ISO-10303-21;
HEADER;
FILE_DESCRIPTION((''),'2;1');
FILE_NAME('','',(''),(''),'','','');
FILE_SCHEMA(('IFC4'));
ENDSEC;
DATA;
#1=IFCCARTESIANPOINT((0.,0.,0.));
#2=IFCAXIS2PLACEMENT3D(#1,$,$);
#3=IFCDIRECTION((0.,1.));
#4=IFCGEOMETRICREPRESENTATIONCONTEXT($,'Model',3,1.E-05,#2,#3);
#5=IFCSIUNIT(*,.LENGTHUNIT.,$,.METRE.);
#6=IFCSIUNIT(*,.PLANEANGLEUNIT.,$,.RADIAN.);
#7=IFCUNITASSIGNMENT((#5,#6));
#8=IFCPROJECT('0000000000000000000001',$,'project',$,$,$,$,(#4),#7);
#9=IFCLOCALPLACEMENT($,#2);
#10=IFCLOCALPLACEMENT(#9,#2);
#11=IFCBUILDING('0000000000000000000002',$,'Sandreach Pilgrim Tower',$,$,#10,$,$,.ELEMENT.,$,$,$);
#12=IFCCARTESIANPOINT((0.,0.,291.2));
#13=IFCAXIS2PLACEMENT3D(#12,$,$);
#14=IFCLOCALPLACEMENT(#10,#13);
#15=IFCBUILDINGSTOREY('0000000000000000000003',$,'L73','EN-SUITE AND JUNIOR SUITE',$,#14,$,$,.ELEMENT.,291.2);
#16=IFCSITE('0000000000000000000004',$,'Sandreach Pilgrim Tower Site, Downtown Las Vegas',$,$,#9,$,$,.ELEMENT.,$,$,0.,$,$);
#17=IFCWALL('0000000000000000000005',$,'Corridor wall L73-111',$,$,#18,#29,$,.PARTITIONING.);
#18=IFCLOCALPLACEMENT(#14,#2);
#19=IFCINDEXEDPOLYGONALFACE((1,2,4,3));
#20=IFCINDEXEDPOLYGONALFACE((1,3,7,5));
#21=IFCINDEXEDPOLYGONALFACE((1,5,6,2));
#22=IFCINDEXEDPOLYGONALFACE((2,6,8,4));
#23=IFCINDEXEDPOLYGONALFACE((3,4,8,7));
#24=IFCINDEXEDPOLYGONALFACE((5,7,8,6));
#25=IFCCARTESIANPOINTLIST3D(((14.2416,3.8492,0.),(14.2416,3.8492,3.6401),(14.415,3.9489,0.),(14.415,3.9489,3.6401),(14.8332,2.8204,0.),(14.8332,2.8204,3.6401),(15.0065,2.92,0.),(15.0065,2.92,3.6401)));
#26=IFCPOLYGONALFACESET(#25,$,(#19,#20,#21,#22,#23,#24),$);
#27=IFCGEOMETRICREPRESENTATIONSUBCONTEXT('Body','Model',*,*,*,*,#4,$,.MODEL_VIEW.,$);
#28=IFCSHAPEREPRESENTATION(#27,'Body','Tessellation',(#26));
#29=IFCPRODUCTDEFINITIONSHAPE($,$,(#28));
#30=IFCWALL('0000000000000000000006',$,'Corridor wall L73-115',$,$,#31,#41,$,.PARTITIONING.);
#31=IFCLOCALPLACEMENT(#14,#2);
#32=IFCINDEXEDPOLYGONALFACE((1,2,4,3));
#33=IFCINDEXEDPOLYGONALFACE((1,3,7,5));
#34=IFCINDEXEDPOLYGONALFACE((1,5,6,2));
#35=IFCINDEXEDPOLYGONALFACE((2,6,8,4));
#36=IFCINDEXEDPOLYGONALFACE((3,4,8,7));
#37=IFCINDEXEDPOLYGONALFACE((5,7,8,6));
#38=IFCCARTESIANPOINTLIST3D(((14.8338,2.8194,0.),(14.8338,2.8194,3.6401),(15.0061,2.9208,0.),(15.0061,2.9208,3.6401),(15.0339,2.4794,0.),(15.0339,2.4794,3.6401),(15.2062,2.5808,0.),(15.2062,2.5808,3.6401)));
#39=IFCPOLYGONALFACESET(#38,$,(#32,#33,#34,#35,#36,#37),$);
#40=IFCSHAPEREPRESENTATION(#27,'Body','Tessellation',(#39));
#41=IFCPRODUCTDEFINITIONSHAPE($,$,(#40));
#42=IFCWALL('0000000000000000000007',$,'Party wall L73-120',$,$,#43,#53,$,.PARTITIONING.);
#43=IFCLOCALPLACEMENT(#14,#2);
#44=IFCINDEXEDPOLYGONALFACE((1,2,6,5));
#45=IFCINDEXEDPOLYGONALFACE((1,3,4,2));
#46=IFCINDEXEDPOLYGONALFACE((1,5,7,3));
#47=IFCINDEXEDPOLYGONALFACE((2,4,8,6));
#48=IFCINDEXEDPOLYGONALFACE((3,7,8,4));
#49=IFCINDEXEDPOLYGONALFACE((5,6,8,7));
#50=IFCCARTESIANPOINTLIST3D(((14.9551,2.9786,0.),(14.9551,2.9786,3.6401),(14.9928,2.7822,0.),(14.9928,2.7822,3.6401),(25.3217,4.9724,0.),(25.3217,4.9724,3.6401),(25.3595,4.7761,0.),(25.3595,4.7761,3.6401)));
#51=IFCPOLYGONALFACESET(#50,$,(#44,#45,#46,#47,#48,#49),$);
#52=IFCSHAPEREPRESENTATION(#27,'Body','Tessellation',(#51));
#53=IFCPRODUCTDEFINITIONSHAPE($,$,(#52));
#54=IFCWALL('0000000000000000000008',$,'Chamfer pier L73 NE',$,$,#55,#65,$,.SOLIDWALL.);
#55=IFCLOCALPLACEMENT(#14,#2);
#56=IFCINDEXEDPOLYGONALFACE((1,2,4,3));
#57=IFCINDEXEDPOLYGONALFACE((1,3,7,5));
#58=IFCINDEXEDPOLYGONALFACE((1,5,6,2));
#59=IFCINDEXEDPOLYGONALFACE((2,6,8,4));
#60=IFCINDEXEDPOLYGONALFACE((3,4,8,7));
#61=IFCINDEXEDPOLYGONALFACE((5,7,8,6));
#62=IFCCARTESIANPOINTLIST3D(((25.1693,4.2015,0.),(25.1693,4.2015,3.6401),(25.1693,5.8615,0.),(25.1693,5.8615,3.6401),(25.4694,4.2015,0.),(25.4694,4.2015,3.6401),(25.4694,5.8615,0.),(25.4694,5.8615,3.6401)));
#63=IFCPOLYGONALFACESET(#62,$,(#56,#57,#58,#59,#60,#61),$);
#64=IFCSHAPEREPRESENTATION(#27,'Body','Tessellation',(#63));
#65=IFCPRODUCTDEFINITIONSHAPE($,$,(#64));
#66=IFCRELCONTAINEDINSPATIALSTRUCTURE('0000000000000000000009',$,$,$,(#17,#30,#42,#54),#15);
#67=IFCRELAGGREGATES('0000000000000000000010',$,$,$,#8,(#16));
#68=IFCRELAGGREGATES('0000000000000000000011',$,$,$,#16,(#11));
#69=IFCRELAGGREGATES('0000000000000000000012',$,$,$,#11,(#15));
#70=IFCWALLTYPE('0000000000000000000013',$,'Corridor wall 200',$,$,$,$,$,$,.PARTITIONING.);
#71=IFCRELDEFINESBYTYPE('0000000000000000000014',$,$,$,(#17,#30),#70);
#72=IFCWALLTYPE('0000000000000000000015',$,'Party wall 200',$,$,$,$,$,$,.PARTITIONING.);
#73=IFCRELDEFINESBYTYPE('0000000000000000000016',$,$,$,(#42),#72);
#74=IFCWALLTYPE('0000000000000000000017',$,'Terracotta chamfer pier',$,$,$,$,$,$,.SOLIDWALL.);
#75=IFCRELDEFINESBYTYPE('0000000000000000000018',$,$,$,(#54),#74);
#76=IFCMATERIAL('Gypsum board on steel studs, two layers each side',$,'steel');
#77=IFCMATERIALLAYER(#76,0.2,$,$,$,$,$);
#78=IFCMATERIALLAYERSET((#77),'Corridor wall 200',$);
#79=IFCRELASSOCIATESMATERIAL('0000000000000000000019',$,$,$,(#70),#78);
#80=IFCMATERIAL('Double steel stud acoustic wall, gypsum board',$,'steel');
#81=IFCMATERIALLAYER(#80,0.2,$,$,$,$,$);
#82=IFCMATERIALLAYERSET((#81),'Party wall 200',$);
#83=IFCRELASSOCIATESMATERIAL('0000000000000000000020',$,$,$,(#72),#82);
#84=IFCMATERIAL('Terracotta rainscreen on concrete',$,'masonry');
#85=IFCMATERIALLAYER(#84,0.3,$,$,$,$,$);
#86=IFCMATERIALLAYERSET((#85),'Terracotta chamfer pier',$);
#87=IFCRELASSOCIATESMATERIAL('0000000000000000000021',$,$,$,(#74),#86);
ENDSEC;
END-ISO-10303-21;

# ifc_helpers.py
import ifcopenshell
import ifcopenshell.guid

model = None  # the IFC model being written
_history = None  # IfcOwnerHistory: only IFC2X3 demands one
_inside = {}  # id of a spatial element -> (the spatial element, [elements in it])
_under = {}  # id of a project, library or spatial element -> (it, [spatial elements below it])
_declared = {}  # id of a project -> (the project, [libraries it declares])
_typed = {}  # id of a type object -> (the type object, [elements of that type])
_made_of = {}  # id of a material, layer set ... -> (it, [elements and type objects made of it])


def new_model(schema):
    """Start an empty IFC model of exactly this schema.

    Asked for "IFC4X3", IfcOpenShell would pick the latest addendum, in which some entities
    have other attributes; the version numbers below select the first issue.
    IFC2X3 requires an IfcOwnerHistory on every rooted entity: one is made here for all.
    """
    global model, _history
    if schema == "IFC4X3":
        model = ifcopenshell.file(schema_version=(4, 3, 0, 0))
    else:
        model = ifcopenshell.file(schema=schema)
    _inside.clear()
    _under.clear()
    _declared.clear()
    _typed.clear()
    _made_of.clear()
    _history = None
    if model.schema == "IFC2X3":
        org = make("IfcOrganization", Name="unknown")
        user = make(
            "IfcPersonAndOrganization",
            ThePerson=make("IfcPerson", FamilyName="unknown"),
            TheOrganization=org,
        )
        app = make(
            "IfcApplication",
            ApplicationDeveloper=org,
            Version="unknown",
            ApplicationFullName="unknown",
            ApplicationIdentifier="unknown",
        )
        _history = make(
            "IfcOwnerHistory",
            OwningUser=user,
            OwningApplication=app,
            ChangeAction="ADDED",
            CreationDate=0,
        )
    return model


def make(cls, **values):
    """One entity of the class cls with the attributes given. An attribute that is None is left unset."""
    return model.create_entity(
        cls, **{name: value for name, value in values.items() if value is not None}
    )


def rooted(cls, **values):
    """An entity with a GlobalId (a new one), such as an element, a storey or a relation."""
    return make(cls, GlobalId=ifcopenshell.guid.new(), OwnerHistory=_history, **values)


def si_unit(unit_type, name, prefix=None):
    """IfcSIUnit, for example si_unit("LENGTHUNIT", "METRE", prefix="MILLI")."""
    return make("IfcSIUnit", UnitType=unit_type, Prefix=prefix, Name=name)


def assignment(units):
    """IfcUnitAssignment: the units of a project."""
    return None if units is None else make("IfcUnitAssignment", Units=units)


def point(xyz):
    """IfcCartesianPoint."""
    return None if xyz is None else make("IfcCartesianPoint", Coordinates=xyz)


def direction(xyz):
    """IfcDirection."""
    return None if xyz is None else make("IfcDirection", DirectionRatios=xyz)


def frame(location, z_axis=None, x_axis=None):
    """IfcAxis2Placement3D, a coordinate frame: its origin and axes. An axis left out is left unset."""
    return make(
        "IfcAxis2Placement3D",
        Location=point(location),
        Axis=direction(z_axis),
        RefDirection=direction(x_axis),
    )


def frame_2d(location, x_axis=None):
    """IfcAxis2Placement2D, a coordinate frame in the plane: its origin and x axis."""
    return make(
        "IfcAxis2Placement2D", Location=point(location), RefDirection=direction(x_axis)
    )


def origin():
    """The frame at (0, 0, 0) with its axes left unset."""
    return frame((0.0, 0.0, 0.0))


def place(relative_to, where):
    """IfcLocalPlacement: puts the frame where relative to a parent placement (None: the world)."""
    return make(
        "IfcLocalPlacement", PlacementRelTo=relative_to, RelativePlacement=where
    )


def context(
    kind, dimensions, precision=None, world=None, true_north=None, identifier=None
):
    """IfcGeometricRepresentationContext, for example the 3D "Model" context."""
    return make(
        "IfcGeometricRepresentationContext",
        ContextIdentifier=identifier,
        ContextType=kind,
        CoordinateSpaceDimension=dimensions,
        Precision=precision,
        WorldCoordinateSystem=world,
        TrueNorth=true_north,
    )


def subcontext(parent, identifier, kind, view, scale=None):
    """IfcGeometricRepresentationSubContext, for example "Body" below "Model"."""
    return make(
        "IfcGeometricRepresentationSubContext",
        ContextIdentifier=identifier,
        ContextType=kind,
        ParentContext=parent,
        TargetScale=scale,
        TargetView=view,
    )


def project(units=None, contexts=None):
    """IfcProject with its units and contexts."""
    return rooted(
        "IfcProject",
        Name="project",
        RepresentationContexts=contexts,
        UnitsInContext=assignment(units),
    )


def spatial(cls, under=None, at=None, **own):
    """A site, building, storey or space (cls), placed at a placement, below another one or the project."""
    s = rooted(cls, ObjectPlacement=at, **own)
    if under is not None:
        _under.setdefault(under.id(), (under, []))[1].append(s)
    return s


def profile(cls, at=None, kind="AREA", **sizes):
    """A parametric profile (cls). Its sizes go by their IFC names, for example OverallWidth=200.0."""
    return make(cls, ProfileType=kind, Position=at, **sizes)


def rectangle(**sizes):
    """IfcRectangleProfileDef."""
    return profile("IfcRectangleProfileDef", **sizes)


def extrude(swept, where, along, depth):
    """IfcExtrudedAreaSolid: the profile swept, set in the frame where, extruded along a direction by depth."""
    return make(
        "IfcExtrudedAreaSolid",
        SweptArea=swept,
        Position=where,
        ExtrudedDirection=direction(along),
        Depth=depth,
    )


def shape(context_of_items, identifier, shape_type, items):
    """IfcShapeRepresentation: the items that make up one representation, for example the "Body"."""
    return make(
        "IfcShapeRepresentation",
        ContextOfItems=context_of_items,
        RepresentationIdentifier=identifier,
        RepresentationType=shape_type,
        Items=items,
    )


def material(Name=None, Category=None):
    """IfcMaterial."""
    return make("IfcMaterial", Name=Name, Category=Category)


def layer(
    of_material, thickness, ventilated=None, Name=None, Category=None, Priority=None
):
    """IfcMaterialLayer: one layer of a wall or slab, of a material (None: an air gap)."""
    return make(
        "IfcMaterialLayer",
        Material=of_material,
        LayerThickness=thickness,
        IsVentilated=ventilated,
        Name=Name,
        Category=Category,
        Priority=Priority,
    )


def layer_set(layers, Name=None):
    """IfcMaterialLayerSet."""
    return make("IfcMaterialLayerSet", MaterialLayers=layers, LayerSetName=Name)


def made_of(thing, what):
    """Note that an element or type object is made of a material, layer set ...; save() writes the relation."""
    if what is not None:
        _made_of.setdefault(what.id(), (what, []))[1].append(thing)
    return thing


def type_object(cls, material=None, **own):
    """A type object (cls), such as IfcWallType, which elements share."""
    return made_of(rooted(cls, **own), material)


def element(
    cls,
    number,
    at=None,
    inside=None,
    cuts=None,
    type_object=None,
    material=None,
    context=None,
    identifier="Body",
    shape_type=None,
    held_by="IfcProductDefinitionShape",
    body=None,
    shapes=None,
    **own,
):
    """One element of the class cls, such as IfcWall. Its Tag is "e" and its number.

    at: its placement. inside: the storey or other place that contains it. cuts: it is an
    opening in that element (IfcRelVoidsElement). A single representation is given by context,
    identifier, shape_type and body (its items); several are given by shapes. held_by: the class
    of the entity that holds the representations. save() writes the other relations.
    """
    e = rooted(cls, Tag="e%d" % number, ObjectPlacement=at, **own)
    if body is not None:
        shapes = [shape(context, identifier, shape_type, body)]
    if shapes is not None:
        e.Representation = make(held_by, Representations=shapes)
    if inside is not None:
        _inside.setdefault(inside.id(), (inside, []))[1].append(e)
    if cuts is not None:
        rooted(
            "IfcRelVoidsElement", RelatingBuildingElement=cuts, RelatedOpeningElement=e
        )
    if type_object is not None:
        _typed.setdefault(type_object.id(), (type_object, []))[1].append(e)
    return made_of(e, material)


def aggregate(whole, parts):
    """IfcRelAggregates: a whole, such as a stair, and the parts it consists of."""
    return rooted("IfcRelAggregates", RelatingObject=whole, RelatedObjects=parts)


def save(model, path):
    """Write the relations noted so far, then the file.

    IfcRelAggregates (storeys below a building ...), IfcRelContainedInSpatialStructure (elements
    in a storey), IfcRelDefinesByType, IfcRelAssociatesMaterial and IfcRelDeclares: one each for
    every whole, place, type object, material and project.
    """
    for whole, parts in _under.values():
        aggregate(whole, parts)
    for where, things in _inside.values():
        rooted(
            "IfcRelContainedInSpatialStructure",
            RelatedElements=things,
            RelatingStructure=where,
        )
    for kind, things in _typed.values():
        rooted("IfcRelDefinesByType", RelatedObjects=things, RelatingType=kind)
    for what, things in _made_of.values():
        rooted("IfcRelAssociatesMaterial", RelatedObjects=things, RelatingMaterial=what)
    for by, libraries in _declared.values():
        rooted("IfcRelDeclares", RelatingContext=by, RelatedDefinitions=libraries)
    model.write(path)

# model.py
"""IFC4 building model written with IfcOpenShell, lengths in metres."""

from ifc_helpers import new_model, si_unit, direction, frame, frame_2d, origin, place, context, subcontext, project, spatial, rectangle, extrude, material, layer, layer_set, type_object, element, save


model = new_model("IFC4")

# Units and contexts
model_context = context("Model", 3, precision=1e-05, world=origin(), true_north=direction((0.0, 1.0)))
body_context = subcontext(model_context, "Body", "Model", "MODEL_VIEW")
ifc_project = project(units=[si_unit("LENGTHUNIT", "METRE"), si_unit("PLANEANGLEUNIT", "RADIAN")], contexts=[model_context])

# Site, building, storey
site_placement = place(None, origin())
site = spatial("IfcSite", under=ifc_project, at=site_placement, Name="Sandreach Pilgrim Tower Site, Downtown Las Vegas", CompositionType="ELEMENT", RefElevation=0.0)
building_placement = place(site_placement, origin())
building = spatial("IfcBuilding", under=site, at=building_placement, Name="Sandreach Pilgrim Tower", CompositionType="ELEMENT")
storey_placement = place(building_placement, frame((0.0, 0.0, 291.2)))
storey = spatial("IfcBuildingStorey", under=building, at=storey_placement, Name="L73", Description="EN-SUITE AND JUNIOR SUITE", CompositionType="ELEMENT", Elevation=291.2)

# Shared definitions
ifc_material_1 = material(Name="Gypsum board on steel studs, two layers each side", Category="steel")
ifc_layer_1 = layer(ifc_material_1, 0.2)
ifc_layer_set_1 = layer_set([ifc_layer_1], Name="Corridor wall 200")
wall_type_1 = type_object("IfcWallType", Name="Corridor wall 200", PredefinedType="PARTITIONING", material=ifc_layer_set_1)

# Walls
wall_1_placement = place(storey_placement, frame((14.3284, 3.8989, 0.0), z_axis=(0.0, 0.0, 1.0), x_axis=(0.498463, -0.866911, 0.0)))
element("IfcWall", 1, at=wall_1_placement, inside=storey, type_object=wall_type_1, Name="Corridor wall L73-111", PredefinedType="PARTITIONING", context=body_context, shape_type="SweptSolid", body=[
    extrude(rectangle(XDim=1.1868, YDim=0.2, at=frame_2d((0.5933, 0.0))), origin(), (0.0, 0.0, 1.0), 3.6401),
])
wall_2_placement = place(storey_placement, frame((14.9199, 2.8701, 0.0), z_axis=(0.0, 0.0, 1.0), x_axis=(0.50729, -0.861775, 0.0)))
element("IfcWall", 2, at=wall_2_placement, inside=storey, type_object=wall_type_1, Name="Corridor wall L73-115", PredefinedType="PARTITIONING", context=body_context, shape_type="SweptSolid", body=[
    extrude(rectangle(XDim=0.3945, YDim=0.2, at=frame_2d((0.1973, 0.0))), origin(), (0.0, 0.0, 1.0), 3.6401),
])

# Shared definitions
ifc_material_2 = material(Name="Double steel stud acoustic wall, gypsum board", Category="steel")
ifc_layer_2 = layer(ifc_material_2, 0.2)
ifc_layer_set_2 = layer_set([ifc_layer_2], Name="Party wall 200")
wall_type_2 = type_object("IfcWallType", Name="Party wall 200", PredefinedType="PARTITIONING", material=ifc_layer_set_2)

# Walls
wall_3_placement = place(storey_placement, frame((25.3406, 4.8743, 0.0), z_axis=(0.0, 0.0, 1.0), x_axis=(-0.982001, -0.188875, 0.0)))
element("IfcWall", 3, at=wall_3_placement, inside=storey, type_object=wall_type_2, Name="Party wall L73-120", PredefinedType="PARTITIONING", context=body_context, shape_type="SweptSolid", body=[
    extrude(rectangle(XDim=10.5566, YDim=0.2, at=frame_2d((5.2783, 0.0))), origin(), (0.0, 0.0, 1.0), 3.6401),
])
ifc_material_3 = material(Name="Terracotta rainscreen on concrete", Category="masonry")
ifc_layer_3 = layer(ifc_material_3, 0.3)
ifc_layer_set_3 = layer_set([ifc_layer_3], Name="Terracotta chamfer pier")
wall_type_3 = type_object("IfcWallType", Name="Terracotta chamfer pier", PredefinedType="SOLIDWALL", material=ifc_layer_set_3)
wall_4_placement = place(storey_placement, frame((25.3193, 5.8616, 0.0), z_axis=(0.0, 0.0, 1.0), x_axis=(0.0, -1.0, 0.0)))
element("IfcWall", 4, at=wall_4_placement, inside=storey, type_object=wall_type_3, Name="Chamfer pier L73 NE", PredefinedType="SOLIDWALL", context=body_context, shape_type="SweptSolid", body=[
    extrude(rectangle(XDim=1.6599, YDim=0.3, at=frame_2d((0.8301, 0.0))), origin(), (0.0, 0.0, 1.0), 3.6401),
])

save(model, "model.ifc")
